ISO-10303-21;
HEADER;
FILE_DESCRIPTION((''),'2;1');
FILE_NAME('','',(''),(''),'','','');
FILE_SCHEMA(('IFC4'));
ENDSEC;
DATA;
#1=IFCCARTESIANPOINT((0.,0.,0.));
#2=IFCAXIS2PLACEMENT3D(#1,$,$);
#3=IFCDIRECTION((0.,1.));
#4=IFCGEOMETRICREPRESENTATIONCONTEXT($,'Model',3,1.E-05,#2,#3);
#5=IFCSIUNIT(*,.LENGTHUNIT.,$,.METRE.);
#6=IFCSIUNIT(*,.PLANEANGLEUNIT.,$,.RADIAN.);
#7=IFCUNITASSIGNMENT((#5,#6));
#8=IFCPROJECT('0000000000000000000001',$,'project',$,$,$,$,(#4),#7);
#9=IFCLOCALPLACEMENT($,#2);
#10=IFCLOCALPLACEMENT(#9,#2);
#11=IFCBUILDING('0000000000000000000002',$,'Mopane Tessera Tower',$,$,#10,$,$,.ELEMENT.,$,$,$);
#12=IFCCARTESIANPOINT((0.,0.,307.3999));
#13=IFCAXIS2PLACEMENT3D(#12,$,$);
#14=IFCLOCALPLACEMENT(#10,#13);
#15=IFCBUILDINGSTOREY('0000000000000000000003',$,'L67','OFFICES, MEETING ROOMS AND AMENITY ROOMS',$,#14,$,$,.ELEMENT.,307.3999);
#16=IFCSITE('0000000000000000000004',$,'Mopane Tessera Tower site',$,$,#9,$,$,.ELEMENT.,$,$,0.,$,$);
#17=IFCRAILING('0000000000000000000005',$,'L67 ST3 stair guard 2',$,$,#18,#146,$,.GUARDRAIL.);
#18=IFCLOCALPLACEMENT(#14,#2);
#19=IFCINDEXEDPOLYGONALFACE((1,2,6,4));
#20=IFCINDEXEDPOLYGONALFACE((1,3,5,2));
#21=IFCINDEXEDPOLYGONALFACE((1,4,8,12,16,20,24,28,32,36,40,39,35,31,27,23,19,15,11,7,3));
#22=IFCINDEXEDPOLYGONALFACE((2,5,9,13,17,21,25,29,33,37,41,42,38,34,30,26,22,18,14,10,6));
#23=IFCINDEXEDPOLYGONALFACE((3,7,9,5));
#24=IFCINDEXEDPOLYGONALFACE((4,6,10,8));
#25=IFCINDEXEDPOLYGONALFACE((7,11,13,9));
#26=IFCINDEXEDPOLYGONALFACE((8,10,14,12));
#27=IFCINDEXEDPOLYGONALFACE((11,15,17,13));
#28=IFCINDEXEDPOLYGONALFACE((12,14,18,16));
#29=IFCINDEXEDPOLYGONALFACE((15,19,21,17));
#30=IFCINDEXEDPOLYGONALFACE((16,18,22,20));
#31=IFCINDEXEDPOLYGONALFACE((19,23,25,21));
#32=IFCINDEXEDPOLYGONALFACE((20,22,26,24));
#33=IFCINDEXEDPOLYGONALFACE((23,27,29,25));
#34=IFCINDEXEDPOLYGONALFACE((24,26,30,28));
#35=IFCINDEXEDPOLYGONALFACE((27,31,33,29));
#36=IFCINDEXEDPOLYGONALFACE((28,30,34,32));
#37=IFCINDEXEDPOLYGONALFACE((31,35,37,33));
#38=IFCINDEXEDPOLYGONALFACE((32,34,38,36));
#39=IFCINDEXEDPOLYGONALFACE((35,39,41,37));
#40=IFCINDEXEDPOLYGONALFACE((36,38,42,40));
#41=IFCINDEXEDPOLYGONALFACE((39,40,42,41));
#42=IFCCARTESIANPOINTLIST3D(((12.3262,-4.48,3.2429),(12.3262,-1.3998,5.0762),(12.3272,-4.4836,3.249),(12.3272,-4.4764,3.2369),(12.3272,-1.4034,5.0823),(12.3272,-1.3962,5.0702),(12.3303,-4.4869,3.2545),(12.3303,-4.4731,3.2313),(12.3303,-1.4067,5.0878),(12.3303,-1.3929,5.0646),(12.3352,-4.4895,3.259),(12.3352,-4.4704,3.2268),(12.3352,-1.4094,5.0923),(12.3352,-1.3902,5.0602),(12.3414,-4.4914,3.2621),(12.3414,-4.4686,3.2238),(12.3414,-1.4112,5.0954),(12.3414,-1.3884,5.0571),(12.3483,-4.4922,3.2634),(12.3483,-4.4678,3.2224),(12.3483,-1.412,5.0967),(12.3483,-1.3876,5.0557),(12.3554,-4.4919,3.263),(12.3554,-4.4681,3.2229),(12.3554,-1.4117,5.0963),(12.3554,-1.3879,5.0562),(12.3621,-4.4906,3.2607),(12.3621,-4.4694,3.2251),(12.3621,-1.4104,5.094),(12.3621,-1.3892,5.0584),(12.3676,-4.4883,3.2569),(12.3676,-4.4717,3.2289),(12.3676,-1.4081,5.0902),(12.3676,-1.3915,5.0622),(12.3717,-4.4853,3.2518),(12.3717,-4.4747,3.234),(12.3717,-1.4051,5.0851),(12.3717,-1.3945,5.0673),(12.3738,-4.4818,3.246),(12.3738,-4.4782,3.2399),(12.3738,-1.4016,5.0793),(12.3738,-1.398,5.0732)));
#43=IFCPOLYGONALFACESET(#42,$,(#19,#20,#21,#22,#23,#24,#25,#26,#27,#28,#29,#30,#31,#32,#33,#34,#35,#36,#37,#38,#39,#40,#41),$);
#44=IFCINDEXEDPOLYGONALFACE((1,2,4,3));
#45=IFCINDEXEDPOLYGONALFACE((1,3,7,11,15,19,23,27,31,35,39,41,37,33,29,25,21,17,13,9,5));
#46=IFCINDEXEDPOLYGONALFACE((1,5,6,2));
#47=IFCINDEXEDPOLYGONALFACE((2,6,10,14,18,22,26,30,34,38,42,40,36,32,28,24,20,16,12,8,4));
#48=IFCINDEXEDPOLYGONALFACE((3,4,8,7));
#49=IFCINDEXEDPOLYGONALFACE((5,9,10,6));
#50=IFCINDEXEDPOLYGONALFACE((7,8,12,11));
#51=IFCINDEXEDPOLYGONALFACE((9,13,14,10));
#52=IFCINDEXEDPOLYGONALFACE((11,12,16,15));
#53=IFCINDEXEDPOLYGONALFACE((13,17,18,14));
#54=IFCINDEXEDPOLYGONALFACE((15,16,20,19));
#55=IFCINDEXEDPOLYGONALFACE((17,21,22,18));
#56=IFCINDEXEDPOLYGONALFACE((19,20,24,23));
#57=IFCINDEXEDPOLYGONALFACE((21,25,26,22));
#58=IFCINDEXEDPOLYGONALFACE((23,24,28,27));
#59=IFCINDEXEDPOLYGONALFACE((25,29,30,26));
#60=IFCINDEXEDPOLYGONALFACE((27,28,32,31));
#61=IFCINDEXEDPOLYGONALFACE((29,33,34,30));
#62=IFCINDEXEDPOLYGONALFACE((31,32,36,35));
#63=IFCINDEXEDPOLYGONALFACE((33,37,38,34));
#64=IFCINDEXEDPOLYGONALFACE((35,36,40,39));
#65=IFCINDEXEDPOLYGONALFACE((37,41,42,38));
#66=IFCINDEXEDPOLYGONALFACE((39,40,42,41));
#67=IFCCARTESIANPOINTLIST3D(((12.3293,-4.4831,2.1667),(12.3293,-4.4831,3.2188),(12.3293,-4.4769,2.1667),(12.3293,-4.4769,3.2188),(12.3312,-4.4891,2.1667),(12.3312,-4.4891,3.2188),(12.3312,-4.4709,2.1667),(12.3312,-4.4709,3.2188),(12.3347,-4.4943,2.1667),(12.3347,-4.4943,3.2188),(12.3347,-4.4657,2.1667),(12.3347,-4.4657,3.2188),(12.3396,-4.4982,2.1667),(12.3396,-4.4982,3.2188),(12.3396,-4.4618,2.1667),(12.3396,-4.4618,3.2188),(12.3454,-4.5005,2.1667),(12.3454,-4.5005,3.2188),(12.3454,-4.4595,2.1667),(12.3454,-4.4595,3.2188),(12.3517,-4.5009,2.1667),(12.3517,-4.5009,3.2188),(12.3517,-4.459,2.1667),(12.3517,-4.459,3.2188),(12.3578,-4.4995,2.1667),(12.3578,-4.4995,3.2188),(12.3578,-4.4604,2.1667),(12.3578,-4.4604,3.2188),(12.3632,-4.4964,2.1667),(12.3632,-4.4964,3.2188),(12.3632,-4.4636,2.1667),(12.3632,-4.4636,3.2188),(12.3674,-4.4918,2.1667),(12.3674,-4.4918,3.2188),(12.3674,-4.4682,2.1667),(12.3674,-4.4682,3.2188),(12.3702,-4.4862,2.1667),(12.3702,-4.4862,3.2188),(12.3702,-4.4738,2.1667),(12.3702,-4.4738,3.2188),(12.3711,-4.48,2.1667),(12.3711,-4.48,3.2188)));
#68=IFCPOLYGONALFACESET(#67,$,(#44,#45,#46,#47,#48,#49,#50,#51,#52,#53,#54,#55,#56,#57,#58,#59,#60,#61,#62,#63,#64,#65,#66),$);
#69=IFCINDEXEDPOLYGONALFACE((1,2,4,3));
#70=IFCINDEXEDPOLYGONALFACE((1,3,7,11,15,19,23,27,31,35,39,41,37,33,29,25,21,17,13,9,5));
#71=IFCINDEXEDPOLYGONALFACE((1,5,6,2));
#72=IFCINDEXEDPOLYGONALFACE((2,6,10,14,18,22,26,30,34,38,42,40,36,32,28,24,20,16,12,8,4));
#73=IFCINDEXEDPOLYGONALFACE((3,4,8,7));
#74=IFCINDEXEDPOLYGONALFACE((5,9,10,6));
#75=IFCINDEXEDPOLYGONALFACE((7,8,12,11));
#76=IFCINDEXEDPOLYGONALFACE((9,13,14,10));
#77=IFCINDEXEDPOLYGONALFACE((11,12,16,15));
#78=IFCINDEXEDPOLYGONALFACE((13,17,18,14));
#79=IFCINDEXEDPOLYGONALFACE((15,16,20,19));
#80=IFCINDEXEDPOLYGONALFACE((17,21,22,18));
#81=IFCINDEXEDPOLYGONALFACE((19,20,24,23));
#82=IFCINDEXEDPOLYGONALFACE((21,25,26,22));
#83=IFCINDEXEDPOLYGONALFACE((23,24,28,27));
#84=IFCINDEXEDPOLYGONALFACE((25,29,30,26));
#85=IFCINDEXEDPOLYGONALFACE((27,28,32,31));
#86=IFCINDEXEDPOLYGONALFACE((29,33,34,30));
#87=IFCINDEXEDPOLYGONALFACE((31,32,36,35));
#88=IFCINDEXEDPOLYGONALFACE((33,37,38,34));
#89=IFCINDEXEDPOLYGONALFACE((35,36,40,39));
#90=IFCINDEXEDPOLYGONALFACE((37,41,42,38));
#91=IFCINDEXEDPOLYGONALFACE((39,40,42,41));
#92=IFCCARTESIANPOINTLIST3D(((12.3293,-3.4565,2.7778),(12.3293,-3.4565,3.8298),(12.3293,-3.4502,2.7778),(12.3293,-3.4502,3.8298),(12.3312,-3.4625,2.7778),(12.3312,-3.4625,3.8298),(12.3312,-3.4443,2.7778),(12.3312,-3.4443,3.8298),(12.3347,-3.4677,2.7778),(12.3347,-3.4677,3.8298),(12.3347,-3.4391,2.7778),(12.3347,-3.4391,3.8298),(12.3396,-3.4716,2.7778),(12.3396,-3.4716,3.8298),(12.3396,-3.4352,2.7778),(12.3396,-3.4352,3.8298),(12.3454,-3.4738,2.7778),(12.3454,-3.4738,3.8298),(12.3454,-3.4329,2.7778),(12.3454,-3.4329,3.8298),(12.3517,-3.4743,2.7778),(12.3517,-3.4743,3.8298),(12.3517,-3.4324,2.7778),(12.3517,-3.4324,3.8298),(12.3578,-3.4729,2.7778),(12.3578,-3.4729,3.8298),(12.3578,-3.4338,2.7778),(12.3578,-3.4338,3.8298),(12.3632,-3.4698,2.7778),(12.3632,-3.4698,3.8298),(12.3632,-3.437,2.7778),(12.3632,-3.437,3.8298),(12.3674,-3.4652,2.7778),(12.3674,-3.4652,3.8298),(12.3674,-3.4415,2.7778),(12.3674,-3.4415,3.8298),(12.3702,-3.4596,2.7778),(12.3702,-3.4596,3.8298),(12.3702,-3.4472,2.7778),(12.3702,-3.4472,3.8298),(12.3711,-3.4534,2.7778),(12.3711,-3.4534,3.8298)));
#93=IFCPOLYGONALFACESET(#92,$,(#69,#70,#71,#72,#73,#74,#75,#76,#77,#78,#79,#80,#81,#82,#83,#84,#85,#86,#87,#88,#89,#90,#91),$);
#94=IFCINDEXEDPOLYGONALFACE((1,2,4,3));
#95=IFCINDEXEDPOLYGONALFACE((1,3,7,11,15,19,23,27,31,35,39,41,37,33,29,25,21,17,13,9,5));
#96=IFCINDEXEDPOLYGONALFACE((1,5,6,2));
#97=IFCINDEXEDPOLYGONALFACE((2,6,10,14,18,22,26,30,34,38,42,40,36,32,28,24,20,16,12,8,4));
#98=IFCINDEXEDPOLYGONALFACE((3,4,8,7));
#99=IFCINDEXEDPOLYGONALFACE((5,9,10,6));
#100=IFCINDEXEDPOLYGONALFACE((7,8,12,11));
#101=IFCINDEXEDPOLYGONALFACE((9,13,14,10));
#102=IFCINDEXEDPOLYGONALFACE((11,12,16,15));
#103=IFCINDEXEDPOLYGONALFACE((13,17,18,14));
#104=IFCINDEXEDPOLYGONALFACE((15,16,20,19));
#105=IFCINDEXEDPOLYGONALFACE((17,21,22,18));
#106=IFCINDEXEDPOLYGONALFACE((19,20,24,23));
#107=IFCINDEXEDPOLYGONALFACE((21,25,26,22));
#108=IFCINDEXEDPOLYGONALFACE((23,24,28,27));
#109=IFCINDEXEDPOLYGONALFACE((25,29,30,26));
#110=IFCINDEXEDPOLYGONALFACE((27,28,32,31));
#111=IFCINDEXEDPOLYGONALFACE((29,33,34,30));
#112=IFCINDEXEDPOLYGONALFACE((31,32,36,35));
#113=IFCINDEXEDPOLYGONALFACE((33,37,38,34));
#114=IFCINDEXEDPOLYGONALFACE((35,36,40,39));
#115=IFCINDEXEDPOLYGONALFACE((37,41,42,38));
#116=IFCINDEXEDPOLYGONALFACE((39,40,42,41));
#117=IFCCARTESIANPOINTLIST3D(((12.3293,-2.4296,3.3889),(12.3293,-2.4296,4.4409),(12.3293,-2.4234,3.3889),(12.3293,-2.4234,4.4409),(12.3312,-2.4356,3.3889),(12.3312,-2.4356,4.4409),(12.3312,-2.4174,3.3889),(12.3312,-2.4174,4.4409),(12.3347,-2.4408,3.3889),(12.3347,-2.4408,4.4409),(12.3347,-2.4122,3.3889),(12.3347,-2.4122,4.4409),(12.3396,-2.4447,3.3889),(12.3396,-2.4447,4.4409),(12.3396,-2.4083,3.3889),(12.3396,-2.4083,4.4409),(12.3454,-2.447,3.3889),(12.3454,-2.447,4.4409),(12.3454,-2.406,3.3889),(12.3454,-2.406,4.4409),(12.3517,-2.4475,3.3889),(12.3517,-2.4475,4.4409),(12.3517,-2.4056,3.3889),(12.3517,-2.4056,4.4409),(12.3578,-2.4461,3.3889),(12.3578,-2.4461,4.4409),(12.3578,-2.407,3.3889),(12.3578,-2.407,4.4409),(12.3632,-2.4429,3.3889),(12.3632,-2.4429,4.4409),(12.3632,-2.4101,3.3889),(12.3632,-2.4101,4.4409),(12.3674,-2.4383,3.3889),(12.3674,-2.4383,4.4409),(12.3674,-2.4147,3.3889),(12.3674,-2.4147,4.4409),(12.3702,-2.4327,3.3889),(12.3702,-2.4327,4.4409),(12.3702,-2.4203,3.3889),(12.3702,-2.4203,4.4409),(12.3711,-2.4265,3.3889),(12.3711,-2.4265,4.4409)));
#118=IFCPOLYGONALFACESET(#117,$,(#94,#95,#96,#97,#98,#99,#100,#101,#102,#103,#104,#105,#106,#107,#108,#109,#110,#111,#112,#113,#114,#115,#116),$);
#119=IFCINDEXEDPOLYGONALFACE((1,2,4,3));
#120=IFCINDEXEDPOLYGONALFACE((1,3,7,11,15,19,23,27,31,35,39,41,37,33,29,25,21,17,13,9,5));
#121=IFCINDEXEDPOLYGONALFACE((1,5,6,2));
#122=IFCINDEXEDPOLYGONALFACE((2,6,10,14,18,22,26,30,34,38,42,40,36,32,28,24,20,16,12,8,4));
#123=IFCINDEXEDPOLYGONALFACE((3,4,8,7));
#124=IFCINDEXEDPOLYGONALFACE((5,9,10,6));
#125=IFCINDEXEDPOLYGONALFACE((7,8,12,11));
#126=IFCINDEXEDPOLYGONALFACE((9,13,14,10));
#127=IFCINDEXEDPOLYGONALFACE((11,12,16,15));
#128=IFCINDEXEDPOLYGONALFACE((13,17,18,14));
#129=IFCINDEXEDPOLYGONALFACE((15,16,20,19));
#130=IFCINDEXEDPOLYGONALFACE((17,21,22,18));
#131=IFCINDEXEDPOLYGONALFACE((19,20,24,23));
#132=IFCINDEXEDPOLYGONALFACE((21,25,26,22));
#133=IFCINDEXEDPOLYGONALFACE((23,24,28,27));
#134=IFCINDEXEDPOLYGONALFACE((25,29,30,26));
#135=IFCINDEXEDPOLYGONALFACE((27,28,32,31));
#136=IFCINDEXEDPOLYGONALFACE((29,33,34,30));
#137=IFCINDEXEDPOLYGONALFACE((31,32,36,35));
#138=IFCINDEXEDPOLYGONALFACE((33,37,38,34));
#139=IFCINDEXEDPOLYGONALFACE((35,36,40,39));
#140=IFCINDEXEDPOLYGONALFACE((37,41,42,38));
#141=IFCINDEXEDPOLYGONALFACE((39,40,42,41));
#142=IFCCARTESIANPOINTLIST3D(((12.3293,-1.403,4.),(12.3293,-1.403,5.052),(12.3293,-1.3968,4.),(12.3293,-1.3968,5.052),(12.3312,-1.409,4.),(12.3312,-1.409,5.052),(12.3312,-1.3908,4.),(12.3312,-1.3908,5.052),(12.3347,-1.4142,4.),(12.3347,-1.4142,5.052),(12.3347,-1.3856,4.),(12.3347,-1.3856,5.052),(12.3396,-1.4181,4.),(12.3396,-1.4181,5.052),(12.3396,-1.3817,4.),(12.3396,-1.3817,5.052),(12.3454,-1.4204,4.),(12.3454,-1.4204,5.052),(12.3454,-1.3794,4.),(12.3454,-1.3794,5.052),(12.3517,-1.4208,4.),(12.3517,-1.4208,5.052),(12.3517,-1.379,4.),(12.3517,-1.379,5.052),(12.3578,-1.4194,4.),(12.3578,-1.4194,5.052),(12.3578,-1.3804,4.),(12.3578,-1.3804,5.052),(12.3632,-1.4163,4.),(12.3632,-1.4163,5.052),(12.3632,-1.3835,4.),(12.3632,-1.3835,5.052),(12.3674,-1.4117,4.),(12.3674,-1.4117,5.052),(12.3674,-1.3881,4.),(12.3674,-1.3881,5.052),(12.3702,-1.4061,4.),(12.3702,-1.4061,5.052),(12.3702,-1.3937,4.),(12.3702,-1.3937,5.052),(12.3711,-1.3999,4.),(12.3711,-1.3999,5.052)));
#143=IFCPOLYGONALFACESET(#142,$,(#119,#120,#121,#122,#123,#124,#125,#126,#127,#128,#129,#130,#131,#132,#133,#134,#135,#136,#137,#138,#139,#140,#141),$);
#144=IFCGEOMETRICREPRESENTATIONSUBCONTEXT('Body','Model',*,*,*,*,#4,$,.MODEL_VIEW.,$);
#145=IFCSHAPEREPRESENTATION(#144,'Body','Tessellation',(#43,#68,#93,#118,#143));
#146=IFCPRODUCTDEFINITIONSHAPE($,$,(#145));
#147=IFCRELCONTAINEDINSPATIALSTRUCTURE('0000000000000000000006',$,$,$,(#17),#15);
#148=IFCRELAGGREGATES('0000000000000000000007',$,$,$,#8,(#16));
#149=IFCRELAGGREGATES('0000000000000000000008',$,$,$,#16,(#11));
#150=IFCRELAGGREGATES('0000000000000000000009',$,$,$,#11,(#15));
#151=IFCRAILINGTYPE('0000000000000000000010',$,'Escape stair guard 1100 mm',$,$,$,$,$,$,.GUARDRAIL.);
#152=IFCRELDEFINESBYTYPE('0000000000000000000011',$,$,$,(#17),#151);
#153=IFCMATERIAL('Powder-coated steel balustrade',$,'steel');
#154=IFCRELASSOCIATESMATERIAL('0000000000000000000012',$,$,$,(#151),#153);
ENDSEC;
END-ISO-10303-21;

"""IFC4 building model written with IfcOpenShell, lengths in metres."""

from ifc_helpers import new_model, si_unit, direction, frame, origin, origin_2d, place, context, subcontext, project, spatial, circle, extrude, material, type_object, element, save


model = new_model("IFC4")

# Units and contexts
model_context = context("Model", 3, precision=1e-05, world=origin(), true_north=direction((0.0, 1.0)))
body_context = subcontext(model_context, "Body", "Model", "MODEL_VIEW")
ifc_project = project(units=[si_unit("LENGTHUNIT", "METRE"), si_unit("PLANEANGLEUNIT", "RADIAN")], contexts=[model_context])

# Site, building, storey
site_placement = place(None, origin())
site = spatial("IfcSite", under=ifc_project, at=site_placement, Name="Mopane Tessera Tower site", CompositionType="ELEMENT", RefElevation=0.0)
building_placement = place(site_placement, origin())
building = spatial("IfcBuilding", under=site, at=building_placement, Name="Mopane Tessera Tower", CompositionType="ELEMENT")
storey_placement = place(building_placement, frame((0.0, 0.0, 307.3999)))
storey = spatial("IfcBuildingStorey", under=building, at=storey_placement, Name="L67", Description="OFFICES, MEETING ROOMS AND AMENITY ROOMS", CompositionType="ELEMENT", Elevation=307.3999)

# Railing
ifc_material_1 = material(Name="Powder-coated steel balustrade", Category="steel")
railing_type_1 = type_object("IfcRailingType", Name="Escape stair guard 1100 mm", PredefinedType="GUARDRAIL", material=ifc_material_1)
railing_1_placement = place(storey_placement, frame((12.3501, -4.48, 2.1667)))
element("IfcRailing", 1, at=railing_1_placement, inside=storey, type_object=railing_type_1, Name="L67 ST3 stair guard 2", PredefinedType="GUARDRAIL", context=body_context, shape_type="SweptSolid", body=[
    extrude(circle(Radius=0.0239, at=origin_2d()), frame((0.0, 0.0, 1.0762), z_axis=(0.0, 0.859309, 0.511458), x_axis=(-1.0, 0.0, 0.0)), (0.0, 0.0, 1.0), 3.5845),
    extrude(circle(Radius=0.021, at=origin_2d()), origin(), (0.0, 0.0, 1.0), 1.052),
    extrude(circle(Radius=0.021, at=origin_2d()), frame((0.0, 1.0266, 0.6111)), (0.0, 0.0, 1.0), 1.052),
    extrude(circle(Radius=0.021, at=origin_2d()), frame((0.0, 2.0535, 1.2222)), (0.0, 0.0, 1.0), 1.052),
    extrude(circle(Radius=0.021, at=origin_2d()), frame((0.0, 3.0801, 1.8333)), (0.0, 0.0, 1.0), 1.052),
])

save(model, "model.ifc")
